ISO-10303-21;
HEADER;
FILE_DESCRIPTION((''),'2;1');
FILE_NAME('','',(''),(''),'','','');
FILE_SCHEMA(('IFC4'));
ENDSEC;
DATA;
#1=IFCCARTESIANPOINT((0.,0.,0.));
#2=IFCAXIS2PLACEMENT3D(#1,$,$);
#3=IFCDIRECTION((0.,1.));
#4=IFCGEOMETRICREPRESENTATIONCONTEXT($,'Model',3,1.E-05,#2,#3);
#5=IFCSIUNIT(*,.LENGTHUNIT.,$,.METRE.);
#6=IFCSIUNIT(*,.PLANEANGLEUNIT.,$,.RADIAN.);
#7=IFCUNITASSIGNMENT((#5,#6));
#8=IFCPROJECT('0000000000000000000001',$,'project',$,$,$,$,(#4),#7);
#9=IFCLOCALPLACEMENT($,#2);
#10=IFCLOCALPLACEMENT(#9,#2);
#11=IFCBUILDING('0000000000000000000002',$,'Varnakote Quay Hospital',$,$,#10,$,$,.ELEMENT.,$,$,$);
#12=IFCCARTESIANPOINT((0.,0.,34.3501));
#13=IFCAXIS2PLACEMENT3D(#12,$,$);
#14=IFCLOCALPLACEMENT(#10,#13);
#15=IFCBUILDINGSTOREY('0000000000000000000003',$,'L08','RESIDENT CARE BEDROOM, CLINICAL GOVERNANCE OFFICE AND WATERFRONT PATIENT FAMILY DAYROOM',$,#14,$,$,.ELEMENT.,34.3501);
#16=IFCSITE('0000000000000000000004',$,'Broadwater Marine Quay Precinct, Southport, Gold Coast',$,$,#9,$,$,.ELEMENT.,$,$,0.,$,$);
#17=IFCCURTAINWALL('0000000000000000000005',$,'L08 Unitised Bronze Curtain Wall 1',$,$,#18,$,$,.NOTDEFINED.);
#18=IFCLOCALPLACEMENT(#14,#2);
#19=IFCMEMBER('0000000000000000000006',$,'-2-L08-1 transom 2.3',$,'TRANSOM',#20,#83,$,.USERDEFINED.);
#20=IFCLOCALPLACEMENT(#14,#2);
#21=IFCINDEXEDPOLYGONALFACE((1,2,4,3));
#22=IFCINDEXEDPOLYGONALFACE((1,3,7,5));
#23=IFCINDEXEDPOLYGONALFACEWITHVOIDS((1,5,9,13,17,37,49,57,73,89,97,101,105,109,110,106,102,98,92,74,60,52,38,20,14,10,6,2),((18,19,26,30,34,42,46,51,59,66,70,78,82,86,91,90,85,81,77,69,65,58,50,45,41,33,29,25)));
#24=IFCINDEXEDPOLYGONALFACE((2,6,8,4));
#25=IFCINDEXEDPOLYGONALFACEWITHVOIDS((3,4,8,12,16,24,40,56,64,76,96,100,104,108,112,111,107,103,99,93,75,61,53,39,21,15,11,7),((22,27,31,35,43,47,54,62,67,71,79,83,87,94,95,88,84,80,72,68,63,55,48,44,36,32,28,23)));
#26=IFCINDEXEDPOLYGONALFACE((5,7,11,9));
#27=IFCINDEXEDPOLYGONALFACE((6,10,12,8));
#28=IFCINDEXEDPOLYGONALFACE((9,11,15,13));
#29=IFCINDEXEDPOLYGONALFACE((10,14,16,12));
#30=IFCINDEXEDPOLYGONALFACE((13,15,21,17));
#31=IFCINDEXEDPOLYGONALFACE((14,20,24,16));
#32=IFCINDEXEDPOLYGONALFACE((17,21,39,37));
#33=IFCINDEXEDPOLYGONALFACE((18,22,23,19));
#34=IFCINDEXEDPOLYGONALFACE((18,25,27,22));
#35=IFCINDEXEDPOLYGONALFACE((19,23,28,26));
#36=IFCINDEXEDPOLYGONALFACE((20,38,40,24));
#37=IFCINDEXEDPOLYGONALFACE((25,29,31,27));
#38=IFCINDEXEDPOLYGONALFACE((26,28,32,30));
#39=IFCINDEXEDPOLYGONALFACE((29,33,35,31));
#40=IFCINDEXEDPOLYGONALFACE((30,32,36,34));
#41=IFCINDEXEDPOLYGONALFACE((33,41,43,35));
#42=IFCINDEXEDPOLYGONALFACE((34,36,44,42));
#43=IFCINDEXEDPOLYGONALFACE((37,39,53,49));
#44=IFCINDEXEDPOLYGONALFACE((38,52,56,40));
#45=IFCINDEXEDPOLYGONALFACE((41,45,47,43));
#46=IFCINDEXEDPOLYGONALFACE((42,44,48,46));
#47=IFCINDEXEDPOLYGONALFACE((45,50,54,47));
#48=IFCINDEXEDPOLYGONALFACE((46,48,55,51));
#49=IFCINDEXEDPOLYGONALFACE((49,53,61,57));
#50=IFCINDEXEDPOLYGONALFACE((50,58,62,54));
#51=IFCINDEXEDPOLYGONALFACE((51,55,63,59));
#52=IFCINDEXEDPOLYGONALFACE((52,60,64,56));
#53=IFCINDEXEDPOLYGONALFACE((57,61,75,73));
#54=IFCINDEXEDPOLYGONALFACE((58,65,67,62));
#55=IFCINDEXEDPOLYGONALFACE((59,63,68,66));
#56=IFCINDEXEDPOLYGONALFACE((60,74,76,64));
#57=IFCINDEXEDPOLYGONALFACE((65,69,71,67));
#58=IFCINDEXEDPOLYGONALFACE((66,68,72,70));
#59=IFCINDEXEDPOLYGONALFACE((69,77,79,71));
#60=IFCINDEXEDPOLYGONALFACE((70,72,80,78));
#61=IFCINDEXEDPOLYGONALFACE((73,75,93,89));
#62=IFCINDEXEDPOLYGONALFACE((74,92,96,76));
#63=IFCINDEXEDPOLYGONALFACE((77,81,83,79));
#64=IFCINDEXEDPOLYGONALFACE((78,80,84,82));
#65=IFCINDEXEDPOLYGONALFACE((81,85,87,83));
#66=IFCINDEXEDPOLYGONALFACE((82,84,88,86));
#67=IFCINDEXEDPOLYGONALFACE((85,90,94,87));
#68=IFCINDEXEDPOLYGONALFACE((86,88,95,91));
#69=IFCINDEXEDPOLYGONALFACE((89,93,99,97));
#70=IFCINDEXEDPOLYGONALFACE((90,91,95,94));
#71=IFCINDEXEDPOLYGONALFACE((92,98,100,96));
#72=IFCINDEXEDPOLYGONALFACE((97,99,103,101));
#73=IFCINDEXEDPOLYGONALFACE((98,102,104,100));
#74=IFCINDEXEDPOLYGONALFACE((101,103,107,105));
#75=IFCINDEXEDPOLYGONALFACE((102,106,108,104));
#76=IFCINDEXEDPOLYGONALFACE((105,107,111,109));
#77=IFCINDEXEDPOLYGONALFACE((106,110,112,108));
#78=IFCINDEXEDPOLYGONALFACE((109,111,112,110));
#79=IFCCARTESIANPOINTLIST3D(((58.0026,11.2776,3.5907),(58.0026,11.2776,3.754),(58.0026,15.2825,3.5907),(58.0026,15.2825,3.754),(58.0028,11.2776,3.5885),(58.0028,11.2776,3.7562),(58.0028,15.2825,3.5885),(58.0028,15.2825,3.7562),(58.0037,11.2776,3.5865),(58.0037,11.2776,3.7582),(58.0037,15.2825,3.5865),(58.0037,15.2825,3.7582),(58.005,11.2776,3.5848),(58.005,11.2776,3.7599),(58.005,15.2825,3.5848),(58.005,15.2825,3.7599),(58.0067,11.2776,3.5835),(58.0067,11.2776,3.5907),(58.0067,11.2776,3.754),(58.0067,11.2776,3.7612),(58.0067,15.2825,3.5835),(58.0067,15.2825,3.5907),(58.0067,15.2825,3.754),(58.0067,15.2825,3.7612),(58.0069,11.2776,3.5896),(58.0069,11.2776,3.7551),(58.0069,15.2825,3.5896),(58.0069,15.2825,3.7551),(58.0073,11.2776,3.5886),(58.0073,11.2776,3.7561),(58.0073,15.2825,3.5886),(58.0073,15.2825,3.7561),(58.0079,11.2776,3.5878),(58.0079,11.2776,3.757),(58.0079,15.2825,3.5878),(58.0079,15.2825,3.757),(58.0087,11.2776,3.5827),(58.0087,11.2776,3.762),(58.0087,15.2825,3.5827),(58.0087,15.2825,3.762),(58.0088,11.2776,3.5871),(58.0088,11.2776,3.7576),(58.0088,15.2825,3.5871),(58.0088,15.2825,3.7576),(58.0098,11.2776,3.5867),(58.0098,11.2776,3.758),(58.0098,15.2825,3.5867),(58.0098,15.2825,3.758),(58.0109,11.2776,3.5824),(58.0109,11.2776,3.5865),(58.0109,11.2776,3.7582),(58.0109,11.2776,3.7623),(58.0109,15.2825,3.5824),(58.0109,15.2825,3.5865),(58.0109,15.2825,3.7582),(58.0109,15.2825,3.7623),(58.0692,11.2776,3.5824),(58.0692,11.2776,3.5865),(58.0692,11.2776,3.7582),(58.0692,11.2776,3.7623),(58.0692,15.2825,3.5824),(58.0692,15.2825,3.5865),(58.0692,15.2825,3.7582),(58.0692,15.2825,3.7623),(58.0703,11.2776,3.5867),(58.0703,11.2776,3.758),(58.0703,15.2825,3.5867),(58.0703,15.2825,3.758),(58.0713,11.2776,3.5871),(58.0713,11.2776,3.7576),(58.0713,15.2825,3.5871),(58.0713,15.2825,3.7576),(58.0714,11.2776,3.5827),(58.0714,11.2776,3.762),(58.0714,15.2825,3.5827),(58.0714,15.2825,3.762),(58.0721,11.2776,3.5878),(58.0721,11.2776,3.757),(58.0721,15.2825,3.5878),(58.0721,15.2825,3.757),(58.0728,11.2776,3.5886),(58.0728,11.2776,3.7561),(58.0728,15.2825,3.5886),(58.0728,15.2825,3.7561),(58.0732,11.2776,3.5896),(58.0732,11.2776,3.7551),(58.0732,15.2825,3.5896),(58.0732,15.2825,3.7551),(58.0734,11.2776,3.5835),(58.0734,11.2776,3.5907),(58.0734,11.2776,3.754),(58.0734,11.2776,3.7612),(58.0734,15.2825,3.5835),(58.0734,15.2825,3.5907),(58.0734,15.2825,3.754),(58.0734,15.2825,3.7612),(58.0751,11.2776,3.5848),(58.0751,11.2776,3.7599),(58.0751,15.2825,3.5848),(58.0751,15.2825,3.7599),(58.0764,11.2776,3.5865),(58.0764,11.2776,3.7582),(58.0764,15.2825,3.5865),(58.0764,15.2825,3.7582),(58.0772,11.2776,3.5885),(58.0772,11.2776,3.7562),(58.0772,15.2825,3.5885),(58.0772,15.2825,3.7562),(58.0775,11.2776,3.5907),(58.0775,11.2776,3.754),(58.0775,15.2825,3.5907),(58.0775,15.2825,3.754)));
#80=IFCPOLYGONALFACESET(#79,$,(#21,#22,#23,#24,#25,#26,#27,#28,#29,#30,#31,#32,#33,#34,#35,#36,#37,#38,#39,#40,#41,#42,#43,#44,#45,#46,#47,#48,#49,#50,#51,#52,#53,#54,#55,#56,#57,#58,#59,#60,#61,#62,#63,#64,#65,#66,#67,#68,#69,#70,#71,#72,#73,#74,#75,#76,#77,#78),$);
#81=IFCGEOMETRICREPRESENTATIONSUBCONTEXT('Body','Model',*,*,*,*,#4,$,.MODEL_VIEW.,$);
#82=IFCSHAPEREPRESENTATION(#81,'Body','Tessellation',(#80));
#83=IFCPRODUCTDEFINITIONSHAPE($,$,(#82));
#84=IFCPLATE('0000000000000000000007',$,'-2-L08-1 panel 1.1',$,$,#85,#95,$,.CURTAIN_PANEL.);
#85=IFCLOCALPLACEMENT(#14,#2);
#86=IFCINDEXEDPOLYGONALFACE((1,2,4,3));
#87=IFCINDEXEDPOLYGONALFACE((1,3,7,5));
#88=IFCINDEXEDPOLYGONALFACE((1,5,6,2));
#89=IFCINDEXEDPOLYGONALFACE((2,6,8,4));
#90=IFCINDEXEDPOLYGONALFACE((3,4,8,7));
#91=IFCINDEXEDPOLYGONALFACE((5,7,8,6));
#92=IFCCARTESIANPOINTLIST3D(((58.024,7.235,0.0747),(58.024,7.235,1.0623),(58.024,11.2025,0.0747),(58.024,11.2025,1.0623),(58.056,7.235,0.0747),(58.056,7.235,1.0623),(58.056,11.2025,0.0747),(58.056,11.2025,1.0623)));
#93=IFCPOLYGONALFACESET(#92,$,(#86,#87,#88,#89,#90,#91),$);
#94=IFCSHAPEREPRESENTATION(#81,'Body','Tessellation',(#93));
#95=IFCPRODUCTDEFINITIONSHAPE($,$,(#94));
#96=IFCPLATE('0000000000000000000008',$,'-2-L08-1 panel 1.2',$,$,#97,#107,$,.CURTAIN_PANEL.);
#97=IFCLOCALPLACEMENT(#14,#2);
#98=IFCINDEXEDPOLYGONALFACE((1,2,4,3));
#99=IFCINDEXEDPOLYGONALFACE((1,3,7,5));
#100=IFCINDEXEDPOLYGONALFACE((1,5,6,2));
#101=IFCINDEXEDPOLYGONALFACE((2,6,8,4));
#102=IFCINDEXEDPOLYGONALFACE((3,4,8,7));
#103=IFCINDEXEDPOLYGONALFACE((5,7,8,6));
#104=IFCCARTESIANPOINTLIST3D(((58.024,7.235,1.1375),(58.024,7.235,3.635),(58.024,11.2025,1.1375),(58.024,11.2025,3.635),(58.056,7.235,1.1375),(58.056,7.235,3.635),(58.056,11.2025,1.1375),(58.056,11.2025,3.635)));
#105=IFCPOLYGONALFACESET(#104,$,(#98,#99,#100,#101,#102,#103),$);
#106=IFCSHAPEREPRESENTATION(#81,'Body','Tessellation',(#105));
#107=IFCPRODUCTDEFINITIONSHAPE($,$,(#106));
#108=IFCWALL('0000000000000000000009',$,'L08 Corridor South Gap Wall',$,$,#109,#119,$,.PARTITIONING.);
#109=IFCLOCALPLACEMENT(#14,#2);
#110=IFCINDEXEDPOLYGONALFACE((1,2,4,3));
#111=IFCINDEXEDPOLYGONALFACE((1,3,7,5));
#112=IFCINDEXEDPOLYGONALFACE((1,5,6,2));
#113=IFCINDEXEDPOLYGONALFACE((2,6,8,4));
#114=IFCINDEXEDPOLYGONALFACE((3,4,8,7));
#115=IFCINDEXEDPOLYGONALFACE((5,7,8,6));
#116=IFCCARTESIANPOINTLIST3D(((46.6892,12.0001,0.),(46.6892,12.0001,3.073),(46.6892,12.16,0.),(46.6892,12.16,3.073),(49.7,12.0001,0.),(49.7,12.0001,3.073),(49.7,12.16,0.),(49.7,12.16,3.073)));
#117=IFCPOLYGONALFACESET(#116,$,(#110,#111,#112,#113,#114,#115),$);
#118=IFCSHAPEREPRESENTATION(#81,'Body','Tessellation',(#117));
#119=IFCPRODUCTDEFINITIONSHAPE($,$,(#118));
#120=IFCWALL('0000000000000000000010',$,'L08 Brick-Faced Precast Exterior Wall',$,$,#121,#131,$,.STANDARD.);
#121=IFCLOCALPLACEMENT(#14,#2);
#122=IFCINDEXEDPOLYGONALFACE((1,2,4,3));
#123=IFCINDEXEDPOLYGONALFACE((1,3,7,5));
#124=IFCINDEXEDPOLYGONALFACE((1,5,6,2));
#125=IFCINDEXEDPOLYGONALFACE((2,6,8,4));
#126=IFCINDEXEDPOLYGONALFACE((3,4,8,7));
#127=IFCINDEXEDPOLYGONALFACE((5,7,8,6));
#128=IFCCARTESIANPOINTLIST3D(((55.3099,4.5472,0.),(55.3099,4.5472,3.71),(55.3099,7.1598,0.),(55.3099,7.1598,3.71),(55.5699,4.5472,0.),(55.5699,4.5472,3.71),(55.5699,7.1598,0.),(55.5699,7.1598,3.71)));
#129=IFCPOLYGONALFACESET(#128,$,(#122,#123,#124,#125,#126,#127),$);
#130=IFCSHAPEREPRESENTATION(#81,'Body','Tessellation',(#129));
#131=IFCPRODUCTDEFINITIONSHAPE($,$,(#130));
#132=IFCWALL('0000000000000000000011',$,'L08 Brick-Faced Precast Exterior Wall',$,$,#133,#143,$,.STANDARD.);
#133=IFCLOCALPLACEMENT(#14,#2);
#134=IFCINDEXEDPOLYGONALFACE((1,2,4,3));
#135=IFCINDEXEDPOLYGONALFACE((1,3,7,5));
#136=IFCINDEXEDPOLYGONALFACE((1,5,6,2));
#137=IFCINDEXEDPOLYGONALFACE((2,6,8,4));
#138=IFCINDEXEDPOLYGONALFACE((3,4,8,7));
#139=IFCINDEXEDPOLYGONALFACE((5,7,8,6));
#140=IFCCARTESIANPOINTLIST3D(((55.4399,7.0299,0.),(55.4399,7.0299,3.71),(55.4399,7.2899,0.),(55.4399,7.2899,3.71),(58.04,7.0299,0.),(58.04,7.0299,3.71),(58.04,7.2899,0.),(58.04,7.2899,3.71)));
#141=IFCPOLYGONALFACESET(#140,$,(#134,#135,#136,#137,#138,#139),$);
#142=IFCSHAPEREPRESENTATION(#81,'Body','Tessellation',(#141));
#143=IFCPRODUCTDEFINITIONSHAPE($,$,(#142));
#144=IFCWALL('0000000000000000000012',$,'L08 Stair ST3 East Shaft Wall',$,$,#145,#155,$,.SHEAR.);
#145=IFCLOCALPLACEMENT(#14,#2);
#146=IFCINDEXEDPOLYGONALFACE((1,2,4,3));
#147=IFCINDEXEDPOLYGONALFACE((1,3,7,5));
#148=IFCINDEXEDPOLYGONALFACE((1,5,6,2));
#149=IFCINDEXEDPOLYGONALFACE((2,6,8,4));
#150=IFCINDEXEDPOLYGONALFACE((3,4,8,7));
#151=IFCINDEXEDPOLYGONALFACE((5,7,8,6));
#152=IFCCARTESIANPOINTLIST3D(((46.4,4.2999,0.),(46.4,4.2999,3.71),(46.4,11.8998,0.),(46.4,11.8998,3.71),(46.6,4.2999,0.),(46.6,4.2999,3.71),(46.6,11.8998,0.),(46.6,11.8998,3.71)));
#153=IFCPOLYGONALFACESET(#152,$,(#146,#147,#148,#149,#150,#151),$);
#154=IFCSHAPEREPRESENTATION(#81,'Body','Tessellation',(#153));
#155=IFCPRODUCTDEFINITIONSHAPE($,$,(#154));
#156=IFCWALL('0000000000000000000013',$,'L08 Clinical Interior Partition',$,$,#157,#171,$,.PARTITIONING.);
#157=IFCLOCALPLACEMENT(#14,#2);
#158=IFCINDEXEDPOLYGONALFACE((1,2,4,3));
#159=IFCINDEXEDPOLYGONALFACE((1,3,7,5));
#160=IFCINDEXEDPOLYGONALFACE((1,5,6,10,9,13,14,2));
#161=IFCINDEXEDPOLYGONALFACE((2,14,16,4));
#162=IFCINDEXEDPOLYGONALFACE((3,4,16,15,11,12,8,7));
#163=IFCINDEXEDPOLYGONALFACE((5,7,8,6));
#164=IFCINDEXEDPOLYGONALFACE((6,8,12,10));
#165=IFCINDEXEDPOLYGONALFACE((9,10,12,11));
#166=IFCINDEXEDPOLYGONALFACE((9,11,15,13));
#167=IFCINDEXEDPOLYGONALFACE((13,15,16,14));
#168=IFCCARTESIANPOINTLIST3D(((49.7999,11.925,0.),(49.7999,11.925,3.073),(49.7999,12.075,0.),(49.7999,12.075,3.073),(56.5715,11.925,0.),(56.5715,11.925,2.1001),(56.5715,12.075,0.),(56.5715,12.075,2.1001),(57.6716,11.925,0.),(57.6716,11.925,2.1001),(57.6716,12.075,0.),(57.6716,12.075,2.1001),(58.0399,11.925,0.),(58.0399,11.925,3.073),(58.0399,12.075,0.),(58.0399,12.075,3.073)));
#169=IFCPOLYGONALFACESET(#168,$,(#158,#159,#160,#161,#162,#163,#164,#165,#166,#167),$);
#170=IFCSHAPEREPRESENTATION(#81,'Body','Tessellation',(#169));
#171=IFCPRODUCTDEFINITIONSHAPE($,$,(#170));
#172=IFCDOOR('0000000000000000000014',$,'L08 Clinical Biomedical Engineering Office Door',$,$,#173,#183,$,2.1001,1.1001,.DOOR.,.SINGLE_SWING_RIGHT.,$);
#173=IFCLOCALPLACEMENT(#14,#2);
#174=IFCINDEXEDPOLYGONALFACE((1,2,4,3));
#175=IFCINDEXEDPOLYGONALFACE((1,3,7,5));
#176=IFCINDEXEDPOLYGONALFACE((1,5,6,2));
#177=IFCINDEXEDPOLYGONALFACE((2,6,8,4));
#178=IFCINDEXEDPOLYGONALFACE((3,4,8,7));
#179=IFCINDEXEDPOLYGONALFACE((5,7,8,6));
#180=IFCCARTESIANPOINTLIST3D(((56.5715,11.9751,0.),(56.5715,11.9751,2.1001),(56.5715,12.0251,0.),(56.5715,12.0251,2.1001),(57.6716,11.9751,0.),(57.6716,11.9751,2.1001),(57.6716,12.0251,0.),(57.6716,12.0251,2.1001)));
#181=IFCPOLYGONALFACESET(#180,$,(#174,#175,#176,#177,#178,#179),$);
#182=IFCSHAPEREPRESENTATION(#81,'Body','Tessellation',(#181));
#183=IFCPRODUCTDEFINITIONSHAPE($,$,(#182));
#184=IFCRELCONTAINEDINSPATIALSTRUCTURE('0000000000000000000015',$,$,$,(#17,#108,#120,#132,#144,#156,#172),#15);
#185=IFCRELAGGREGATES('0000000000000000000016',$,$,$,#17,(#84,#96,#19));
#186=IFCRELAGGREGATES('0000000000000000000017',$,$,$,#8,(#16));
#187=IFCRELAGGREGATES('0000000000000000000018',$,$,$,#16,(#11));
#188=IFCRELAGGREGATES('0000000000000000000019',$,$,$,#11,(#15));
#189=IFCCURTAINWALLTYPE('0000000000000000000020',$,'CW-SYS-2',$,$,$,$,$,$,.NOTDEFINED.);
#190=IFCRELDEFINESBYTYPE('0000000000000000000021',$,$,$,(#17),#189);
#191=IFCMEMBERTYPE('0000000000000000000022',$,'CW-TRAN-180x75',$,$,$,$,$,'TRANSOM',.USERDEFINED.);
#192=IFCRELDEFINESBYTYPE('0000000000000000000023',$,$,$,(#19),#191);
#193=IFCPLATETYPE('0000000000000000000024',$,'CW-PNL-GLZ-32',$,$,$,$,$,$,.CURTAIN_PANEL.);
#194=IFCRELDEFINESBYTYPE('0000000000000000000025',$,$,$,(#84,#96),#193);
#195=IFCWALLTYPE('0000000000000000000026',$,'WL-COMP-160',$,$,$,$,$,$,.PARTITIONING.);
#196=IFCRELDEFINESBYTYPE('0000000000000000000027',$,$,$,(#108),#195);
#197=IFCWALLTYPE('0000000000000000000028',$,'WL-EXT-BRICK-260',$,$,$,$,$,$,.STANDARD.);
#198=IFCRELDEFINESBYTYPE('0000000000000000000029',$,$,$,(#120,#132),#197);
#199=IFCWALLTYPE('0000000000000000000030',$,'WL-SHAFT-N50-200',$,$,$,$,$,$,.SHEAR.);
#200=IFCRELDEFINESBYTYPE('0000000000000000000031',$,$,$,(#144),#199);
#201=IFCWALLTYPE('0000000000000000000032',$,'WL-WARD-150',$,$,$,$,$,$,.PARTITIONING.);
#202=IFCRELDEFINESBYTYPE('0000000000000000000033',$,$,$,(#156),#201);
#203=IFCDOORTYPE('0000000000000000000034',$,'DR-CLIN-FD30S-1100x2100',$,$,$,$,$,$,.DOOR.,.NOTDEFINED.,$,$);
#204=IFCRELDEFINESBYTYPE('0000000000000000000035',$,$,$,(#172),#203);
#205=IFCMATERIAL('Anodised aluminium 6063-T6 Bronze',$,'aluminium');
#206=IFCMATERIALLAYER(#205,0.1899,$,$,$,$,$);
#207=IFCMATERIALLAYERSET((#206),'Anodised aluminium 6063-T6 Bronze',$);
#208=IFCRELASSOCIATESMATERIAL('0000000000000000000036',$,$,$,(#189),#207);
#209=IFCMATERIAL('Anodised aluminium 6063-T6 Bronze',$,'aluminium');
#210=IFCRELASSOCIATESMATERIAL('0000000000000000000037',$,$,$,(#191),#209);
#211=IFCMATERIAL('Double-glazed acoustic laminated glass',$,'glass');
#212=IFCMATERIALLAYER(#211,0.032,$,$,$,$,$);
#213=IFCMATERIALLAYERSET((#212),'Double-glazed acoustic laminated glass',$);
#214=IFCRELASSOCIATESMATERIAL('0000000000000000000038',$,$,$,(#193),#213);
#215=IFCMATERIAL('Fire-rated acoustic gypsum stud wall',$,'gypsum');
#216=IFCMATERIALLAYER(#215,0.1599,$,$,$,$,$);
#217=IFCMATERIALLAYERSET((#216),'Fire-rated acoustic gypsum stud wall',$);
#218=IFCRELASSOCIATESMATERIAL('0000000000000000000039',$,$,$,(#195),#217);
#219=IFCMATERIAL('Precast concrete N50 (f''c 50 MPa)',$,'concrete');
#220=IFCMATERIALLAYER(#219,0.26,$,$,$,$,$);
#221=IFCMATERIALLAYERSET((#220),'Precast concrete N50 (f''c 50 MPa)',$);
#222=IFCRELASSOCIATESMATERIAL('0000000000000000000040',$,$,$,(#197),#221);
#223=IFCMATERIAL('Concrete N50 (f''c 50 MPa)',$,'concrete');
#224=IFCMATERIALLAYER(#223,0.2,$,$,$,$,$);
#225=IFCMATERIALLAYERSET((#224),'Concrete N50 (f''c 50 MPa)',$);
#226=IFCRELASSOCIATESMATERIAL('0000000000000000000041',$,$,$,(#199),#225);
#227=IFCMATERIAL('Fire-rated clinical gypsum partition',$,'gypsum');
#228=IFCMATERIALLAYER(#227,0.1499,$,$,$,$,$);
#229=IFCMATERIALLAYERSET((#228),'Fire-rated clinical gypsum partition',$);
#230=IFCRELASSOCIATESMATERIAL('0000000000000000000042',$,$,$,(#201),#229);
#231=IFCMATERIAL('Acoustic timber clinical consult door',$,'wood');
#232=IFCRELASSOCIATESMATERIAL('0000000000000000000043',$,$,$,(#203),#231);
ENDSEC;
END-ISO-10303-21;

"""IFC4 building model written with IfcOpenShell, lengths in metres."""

from ifc_helpers import new_model, si_unit, direction, frame, frame_2d, origin, origin_2d, place, context, subcontext, project, spatial, rectangle, hollow_rectangle, extrude, material, layer, layer_set, material_profile, profile_set, type_object, element, fill, aggregate, save


model = new_model("IFC4")

# Units and contexts
model_context = context("Model", 3, precision=1e-05, world=origin(), true_north=direction((0.0, 1.0)))
body_context = subcontext(model_context, "Body", "Model", "MODEL_VIEW")
ifc_project = project(units=[si_unit("LENGTHUNIT", "METRE"), si_unit("PLANEANGLEUNIT", "RADIAN")], contexts=[model_context])

# Site, building, storey
site_placement = place(None, origin())
site = spatial("IfcSite", under=ifc_project, at=site_placement, Name="Broadwater Marine Quay Precinct, Southport, Gold Coast", CompositionType="ELEMENT", RefElevation=0.0)
building_placement = place(site_placement, origin())
building = spatial("IfcBuilding", under=site, at=building_placement, Name="Varnakote Quay Hospital", CompositionType="ELEMENT")
storey_placement = place(building_placement, frame((0.0, 0.0, 34.3501)))
storey = spatial("IfcBuildingStorey", under=building, at=storey_placement, Name="L08", Description="RESIDENT CARE BEDROOM, CLINICAL GOVERNANCE OFFICE AND WATERFRONT PATIENT FAMILY DAYROOM", CompositionType="ELEMENT", Elevation=34.3501)

# Curtain wall, member, plates
ifc_material_1 = material(Name="Anodised aluminium 6063-T6 Bronze", Category="aluminium")
ifc_layer_1 = layer(ifc_material_1, 0.1899)
ifc_layer_set_1 = layer_set([ifc_layer_1], Name="Anodised aluminium 6063-T6 Bronze")
curtain_wall_type = type_object("IfcCurtainWallType", Name="CW-SYS-2", PredefinedType="NOTDEFINED", material=ifc_layer_set_1)
curtain_wall_placement = place(storey_placement, origin())
curtain_wall = element("IfcCurtainWall", 1, at=curtain_wall_placement, inside=storey, type_object=curtain_wall_type, Name="L08 Unitised Bronze Curtain Wall 1", PredefinedType="NOTDEFINED")
ifc_material_2 = material(Name="Anodised aluminium 6063-T6 Bronze", Category="aluminium")
ifc_material_profile_1 = material_profile(ifc_material_2, hollow_rectangle(XDim=0.075, YDim=0.1799, WallThickness=0.0042, InnerFilletRadius=0.0042, OuterFilletRadius=0.0083, at=origin_2d()), Name="CW-TRAN-180x75")
ifc_profile_set_1 = profile_set([ifc_material_profile_1], Name="Anodised aluminium 6063-T6 Bronze")
member_type_1 = type_object("IfcMemberType", Name="CW-TRAN-180x75", ElementType="TRANSOM", PredefinedType="USERDEFINED", material=ifc_profile_set_1)
member_1_placement = place(storey_placement, frame((58.04, 11.2776, 3.6724), z_axis=(0.0, 1.0, 0.0), x_axis=(-1.0, 0.0, 0.0)))
member_1 = element("IfcMember", 2, at=member_1_placement, type_object=member_type_1, Name="-2-L08-1 transom 2.3", ObjectType="TRANSOM", PredefinedType="USERDEFINED", context=body_context, shape_type="SweptSolid", body=[
    extrude(hollow_rectangle(XDim=0.075, YDim=0.1799, WallThickness=0.0042, InnerFilletRadius=0.0042, OuterFilletRadius=0.0083, at=origin_2d()), origin(), (0.0, 0.0, 1.0), 4.0049),
])
ifc_material_3 = material(Name="Double-glazed acoustic laminated glass", Category="glass")
ifc_layer_2 = layer(ifc_material_3, 0.032)
ifc_layer_set_2 = layer_set([ifc_layer_2], Name="Double-glazed acoustic laminated glass")
plate_type = type_object("IfcPlateType", Name="CW-PNL-GLZ-32", PredefinedType="CURTAIN_PANEL", material=ifc_layer_set_2)
plate_1_placement = place(storey_placement, frame((58.04, 9.2188, 0.0747), z_axis=(0.0, 0.0, 1.0), x_axis=(0.0, 1.0, 0.0)))
plate_1 = element("IfcPlate", 3, at=plate_1_placement, type_object=plate_type, Name="-2-L08-1 panel 1.1", PredefinedType="CURTAIN_PANEL", context=body_context, shape_type="SweptSolid", body=[
    extrude(rectangle(XDim=3.9675, YDim=0.032, at=origin_2d()), origin(), (0.0, 0.0, 1.0), 0.9875),
])
plate_2_placement = place(storey_placement, frame((58.04, 9.2188, 1.1375), z_axis=(0.0, 0.0, 1.0), x_axis=(0.0, 1.0, 0.0)))
plate_2 = element("IfcPlate", 4, at=plate_2_placement, type_object=plate_type, Name="-2-L08-1 panel 1.2", PredefinedType="CURTAIN_PANEL", context=body_context, shape_type="SweptSolid", body=[
    extrude(rectangle(XDim=3.9675, YDim=0.032, at=origin_2d()), origin(), (0.0, 0.0, 1.0), 2.4976),
])
aggregate(curtain_wall, [plate_1, plate_2, member_1])

# Walls
ifc_material_4 = material(Name="Fire-rated acoustic gypsum stud wall", Category="gypsum")
ifc_layer_3 = layer(ifc_material_4, 0.1599)
ifc_layer_set_3 = layer_set([ifc_layer_3], Name="Fire-rated acoustic gypsum stud wall")
wall_type_1 = type_object("IfcWallType", Name="WL-COMP-160", PredefinedType="PARTITIONING", material=ifc_layer_set_3)
wall_1_placement = place(storey_placement, frame((46.6892, 12.0801, 0.0), z_axis=(0.0, 0.0, 1.0), x_axis=(1.0, 0.0, 0.0)))
element("IfcWall", 5, at=wall_1_placement, inside=storey, type_object=wall_type_1, Name="L08 Corridor South Gap Wall", PredefinedType="PARTITIONING", context=body_context, shape_type="SweptSolid", body=[
    extrude(rectangle(XDim=3.0107, YDim=0.1599, at=frame_2d((1.5054, 0.0))), origin(), (0.0, 0.0, 1.0), 3.073),
])
ifc_material_5 = material(Name="Precast concrete N50 (f'c 50 MPa)", Category="concrete")
ifc_layer_4 = layer(ifc_material_5, 0.26)
ifc_layer_set_4 = layer_set([ifc_layer_4], Name="Precast concrete N50 (f'c 50 MPa)")
wall_type_2 = type_object("IfcWallType", Name="WL-EXT-BRICK-260", PredefinedType="STANDARD", material=ifc_layer_set_4)
wall_2_placement = place(storey_placement, frame((55.4399, 4.5474, 0.0), z_axis=(0.0, 0.0, 1.0), x_axis=(0.0, 1.0, 0.0)))
element("IfcWall", 6, at=wall_2_placement, inside=storey, type_object=wall_type_2, Name="L08 Brick-Faced Precast Exterior Wall", PredefinedType="STANDARD", context=body_context, shape_type="SweptSolid", body=[
    extrude(rectangle(XDim=2.6125, YDim=0.26, at=frame_2d((1.3062, 0.0))), origin(), (0.0, 0.0, 1.0), 3.71),
])
wall_3_placement = place(storey_placement, frame((55.4399, 7.1599, 0.0), z_axis=(0.0, 0.0, 1.0), x_axis=(1.0, 0.0, 0.0)))
element("IfcWall", 7, at=wall_3_placement, inside=storey, type_object=wall_type_2, Name="L08 Brick-Faced Precast Exterior Wall", PredefinedType="STANDARD", context=body_context, shape_type="SweptSolid", body=[
    extrude(rectangle(XDim=2.6001, YDim=0.26, at=frame_2d((1.3, 0.0))), origin(), (0.0, 0.0, 1.0), 3.71),
])
ifc_material_6 = material(Name="Concrete N50 (f'c 50 MPa)", Category="concrete")
ifc_layer_5 = layer(ifc_material_6, 0.2)
ifc_layer_set_5 = layer_set([ifc_layer_5], Name="Concrete N50 (f'c 50 MPa)")
wall_type_3 = type_object("IfcWallType", Name="WL-SHAFT-N50-200", PredefinedType="SHEAR", material=ifc_layer_set_5)
wall_4_placement = place(storey_placement, frame((46.5, 4.3, 0.0), z_axis=(0.0, 0.0, 1.0), x_axis=(0.0, 1.0, 0.0)))
element("IfcWall", 8, at=wall_4_placement, inside=storey, type_object=wall_type_3, Name="L08 Stair ST3 East Shaft Wall", PredefinedType="SHEAR", context=body_context, shape_type="SweptSolid", body=[
    extrude(rectangle(XDim=7.5999, YDim=0.2, at=frame_2d((3.7998, 0.0))), origin(), (0.0, 0.0, 1.0), 3.71),
])

# Wall, opening, door
ifc_material_7 = material(Name="Fire-rated clinical gypsum partition", Category="gypsum")
ifc_layer_6 = layer(ifc_material_7, 0.1499)
ifc_layer_set_6 = layer_set([ifc_layer_6], Name="Fire-rated clinical gypsum partition")
wall_type_4 = type_object("IfcWallType", Name="WL-WARD-150", PredefinedType="PARTITIONING", material=ifc_layer_set_6)
wall_5_placement = place(storey_placement, frame((58.04, 12.0, 0.0), z_axis=(0.0, 0.0, 1.0), x_axis=(-1.0, 0.0, 0.0)))
wall_5 = element("IfcWall", 9, at=wall_5_placement, inside=storey, type_object=wall_type_4, Name="L08 Clinical Interior Partition", PredefinedType="PARTITIONING", context=body_context, shape_type="SweptSolid", body=[
    extrude(rectangle(XDim=8.24, YDim=0.1499, at=frame_2d((4.1201, 0.0))), origin(), (0.0, 0.0, 1.0), 3.073),
])
opening_placement = place(wall_5_placement, frame((0.3684, 0.0, 0.0)))
opening = element("IfcOpeningElement", 10, at=opening_placement, cuts=wall_5, PredefinedType="OPENING", context=body_context, shape_type="SweptSolid", body=[
    extrude(rectangle(XDim=1.1001, YDim=2.1001, at=frame_2d((0.55, 1.05))), frame((0.0, 0.085, 0.0), z_axis=(0.0, -1.0, 0.0), x_axis=(1.0, 0.0, 0.0)), (0.0, 0.0, 1.0), 0.1699),
])
ifc_material_8 = material(Name="Acoustic timber clinical consult door", Category="wood")
door_type = type_object("IfcDoorType", Name="DR-CLIN-FD30S-1100x2100", OperationType="NOTDEFINED", PredefinedType="DOOR", material=ifc_material_8)
door_placement = place(opening_placement, origin())
door = element("IfcDoor", 11, at=door_placement, inside=storey, type_object=door_type, Name="L08 Clinical Biomedical Engineering Office Door", OperationType="SINGLE_SWING_RIGHT", OverallHeight=2.1001, OverallWidth=1.1001, PredefinedType="DOOR", context=body_context, shape_type="SweptSolid", body=[
    extrude(rectangle(XDim=1.1001, YDim=2.1001, at=frame_2d((0.55, 1.05))), frame((0.0, 0.0249, 0.0), z_axis=(0.0, -1.0, 0.0), x_axis=(1.0, 0.0, 0.0)), (0.0, 0.0, 1.0), 0.05),
])
fill(opening, door)

save(model, "model.ifc")
